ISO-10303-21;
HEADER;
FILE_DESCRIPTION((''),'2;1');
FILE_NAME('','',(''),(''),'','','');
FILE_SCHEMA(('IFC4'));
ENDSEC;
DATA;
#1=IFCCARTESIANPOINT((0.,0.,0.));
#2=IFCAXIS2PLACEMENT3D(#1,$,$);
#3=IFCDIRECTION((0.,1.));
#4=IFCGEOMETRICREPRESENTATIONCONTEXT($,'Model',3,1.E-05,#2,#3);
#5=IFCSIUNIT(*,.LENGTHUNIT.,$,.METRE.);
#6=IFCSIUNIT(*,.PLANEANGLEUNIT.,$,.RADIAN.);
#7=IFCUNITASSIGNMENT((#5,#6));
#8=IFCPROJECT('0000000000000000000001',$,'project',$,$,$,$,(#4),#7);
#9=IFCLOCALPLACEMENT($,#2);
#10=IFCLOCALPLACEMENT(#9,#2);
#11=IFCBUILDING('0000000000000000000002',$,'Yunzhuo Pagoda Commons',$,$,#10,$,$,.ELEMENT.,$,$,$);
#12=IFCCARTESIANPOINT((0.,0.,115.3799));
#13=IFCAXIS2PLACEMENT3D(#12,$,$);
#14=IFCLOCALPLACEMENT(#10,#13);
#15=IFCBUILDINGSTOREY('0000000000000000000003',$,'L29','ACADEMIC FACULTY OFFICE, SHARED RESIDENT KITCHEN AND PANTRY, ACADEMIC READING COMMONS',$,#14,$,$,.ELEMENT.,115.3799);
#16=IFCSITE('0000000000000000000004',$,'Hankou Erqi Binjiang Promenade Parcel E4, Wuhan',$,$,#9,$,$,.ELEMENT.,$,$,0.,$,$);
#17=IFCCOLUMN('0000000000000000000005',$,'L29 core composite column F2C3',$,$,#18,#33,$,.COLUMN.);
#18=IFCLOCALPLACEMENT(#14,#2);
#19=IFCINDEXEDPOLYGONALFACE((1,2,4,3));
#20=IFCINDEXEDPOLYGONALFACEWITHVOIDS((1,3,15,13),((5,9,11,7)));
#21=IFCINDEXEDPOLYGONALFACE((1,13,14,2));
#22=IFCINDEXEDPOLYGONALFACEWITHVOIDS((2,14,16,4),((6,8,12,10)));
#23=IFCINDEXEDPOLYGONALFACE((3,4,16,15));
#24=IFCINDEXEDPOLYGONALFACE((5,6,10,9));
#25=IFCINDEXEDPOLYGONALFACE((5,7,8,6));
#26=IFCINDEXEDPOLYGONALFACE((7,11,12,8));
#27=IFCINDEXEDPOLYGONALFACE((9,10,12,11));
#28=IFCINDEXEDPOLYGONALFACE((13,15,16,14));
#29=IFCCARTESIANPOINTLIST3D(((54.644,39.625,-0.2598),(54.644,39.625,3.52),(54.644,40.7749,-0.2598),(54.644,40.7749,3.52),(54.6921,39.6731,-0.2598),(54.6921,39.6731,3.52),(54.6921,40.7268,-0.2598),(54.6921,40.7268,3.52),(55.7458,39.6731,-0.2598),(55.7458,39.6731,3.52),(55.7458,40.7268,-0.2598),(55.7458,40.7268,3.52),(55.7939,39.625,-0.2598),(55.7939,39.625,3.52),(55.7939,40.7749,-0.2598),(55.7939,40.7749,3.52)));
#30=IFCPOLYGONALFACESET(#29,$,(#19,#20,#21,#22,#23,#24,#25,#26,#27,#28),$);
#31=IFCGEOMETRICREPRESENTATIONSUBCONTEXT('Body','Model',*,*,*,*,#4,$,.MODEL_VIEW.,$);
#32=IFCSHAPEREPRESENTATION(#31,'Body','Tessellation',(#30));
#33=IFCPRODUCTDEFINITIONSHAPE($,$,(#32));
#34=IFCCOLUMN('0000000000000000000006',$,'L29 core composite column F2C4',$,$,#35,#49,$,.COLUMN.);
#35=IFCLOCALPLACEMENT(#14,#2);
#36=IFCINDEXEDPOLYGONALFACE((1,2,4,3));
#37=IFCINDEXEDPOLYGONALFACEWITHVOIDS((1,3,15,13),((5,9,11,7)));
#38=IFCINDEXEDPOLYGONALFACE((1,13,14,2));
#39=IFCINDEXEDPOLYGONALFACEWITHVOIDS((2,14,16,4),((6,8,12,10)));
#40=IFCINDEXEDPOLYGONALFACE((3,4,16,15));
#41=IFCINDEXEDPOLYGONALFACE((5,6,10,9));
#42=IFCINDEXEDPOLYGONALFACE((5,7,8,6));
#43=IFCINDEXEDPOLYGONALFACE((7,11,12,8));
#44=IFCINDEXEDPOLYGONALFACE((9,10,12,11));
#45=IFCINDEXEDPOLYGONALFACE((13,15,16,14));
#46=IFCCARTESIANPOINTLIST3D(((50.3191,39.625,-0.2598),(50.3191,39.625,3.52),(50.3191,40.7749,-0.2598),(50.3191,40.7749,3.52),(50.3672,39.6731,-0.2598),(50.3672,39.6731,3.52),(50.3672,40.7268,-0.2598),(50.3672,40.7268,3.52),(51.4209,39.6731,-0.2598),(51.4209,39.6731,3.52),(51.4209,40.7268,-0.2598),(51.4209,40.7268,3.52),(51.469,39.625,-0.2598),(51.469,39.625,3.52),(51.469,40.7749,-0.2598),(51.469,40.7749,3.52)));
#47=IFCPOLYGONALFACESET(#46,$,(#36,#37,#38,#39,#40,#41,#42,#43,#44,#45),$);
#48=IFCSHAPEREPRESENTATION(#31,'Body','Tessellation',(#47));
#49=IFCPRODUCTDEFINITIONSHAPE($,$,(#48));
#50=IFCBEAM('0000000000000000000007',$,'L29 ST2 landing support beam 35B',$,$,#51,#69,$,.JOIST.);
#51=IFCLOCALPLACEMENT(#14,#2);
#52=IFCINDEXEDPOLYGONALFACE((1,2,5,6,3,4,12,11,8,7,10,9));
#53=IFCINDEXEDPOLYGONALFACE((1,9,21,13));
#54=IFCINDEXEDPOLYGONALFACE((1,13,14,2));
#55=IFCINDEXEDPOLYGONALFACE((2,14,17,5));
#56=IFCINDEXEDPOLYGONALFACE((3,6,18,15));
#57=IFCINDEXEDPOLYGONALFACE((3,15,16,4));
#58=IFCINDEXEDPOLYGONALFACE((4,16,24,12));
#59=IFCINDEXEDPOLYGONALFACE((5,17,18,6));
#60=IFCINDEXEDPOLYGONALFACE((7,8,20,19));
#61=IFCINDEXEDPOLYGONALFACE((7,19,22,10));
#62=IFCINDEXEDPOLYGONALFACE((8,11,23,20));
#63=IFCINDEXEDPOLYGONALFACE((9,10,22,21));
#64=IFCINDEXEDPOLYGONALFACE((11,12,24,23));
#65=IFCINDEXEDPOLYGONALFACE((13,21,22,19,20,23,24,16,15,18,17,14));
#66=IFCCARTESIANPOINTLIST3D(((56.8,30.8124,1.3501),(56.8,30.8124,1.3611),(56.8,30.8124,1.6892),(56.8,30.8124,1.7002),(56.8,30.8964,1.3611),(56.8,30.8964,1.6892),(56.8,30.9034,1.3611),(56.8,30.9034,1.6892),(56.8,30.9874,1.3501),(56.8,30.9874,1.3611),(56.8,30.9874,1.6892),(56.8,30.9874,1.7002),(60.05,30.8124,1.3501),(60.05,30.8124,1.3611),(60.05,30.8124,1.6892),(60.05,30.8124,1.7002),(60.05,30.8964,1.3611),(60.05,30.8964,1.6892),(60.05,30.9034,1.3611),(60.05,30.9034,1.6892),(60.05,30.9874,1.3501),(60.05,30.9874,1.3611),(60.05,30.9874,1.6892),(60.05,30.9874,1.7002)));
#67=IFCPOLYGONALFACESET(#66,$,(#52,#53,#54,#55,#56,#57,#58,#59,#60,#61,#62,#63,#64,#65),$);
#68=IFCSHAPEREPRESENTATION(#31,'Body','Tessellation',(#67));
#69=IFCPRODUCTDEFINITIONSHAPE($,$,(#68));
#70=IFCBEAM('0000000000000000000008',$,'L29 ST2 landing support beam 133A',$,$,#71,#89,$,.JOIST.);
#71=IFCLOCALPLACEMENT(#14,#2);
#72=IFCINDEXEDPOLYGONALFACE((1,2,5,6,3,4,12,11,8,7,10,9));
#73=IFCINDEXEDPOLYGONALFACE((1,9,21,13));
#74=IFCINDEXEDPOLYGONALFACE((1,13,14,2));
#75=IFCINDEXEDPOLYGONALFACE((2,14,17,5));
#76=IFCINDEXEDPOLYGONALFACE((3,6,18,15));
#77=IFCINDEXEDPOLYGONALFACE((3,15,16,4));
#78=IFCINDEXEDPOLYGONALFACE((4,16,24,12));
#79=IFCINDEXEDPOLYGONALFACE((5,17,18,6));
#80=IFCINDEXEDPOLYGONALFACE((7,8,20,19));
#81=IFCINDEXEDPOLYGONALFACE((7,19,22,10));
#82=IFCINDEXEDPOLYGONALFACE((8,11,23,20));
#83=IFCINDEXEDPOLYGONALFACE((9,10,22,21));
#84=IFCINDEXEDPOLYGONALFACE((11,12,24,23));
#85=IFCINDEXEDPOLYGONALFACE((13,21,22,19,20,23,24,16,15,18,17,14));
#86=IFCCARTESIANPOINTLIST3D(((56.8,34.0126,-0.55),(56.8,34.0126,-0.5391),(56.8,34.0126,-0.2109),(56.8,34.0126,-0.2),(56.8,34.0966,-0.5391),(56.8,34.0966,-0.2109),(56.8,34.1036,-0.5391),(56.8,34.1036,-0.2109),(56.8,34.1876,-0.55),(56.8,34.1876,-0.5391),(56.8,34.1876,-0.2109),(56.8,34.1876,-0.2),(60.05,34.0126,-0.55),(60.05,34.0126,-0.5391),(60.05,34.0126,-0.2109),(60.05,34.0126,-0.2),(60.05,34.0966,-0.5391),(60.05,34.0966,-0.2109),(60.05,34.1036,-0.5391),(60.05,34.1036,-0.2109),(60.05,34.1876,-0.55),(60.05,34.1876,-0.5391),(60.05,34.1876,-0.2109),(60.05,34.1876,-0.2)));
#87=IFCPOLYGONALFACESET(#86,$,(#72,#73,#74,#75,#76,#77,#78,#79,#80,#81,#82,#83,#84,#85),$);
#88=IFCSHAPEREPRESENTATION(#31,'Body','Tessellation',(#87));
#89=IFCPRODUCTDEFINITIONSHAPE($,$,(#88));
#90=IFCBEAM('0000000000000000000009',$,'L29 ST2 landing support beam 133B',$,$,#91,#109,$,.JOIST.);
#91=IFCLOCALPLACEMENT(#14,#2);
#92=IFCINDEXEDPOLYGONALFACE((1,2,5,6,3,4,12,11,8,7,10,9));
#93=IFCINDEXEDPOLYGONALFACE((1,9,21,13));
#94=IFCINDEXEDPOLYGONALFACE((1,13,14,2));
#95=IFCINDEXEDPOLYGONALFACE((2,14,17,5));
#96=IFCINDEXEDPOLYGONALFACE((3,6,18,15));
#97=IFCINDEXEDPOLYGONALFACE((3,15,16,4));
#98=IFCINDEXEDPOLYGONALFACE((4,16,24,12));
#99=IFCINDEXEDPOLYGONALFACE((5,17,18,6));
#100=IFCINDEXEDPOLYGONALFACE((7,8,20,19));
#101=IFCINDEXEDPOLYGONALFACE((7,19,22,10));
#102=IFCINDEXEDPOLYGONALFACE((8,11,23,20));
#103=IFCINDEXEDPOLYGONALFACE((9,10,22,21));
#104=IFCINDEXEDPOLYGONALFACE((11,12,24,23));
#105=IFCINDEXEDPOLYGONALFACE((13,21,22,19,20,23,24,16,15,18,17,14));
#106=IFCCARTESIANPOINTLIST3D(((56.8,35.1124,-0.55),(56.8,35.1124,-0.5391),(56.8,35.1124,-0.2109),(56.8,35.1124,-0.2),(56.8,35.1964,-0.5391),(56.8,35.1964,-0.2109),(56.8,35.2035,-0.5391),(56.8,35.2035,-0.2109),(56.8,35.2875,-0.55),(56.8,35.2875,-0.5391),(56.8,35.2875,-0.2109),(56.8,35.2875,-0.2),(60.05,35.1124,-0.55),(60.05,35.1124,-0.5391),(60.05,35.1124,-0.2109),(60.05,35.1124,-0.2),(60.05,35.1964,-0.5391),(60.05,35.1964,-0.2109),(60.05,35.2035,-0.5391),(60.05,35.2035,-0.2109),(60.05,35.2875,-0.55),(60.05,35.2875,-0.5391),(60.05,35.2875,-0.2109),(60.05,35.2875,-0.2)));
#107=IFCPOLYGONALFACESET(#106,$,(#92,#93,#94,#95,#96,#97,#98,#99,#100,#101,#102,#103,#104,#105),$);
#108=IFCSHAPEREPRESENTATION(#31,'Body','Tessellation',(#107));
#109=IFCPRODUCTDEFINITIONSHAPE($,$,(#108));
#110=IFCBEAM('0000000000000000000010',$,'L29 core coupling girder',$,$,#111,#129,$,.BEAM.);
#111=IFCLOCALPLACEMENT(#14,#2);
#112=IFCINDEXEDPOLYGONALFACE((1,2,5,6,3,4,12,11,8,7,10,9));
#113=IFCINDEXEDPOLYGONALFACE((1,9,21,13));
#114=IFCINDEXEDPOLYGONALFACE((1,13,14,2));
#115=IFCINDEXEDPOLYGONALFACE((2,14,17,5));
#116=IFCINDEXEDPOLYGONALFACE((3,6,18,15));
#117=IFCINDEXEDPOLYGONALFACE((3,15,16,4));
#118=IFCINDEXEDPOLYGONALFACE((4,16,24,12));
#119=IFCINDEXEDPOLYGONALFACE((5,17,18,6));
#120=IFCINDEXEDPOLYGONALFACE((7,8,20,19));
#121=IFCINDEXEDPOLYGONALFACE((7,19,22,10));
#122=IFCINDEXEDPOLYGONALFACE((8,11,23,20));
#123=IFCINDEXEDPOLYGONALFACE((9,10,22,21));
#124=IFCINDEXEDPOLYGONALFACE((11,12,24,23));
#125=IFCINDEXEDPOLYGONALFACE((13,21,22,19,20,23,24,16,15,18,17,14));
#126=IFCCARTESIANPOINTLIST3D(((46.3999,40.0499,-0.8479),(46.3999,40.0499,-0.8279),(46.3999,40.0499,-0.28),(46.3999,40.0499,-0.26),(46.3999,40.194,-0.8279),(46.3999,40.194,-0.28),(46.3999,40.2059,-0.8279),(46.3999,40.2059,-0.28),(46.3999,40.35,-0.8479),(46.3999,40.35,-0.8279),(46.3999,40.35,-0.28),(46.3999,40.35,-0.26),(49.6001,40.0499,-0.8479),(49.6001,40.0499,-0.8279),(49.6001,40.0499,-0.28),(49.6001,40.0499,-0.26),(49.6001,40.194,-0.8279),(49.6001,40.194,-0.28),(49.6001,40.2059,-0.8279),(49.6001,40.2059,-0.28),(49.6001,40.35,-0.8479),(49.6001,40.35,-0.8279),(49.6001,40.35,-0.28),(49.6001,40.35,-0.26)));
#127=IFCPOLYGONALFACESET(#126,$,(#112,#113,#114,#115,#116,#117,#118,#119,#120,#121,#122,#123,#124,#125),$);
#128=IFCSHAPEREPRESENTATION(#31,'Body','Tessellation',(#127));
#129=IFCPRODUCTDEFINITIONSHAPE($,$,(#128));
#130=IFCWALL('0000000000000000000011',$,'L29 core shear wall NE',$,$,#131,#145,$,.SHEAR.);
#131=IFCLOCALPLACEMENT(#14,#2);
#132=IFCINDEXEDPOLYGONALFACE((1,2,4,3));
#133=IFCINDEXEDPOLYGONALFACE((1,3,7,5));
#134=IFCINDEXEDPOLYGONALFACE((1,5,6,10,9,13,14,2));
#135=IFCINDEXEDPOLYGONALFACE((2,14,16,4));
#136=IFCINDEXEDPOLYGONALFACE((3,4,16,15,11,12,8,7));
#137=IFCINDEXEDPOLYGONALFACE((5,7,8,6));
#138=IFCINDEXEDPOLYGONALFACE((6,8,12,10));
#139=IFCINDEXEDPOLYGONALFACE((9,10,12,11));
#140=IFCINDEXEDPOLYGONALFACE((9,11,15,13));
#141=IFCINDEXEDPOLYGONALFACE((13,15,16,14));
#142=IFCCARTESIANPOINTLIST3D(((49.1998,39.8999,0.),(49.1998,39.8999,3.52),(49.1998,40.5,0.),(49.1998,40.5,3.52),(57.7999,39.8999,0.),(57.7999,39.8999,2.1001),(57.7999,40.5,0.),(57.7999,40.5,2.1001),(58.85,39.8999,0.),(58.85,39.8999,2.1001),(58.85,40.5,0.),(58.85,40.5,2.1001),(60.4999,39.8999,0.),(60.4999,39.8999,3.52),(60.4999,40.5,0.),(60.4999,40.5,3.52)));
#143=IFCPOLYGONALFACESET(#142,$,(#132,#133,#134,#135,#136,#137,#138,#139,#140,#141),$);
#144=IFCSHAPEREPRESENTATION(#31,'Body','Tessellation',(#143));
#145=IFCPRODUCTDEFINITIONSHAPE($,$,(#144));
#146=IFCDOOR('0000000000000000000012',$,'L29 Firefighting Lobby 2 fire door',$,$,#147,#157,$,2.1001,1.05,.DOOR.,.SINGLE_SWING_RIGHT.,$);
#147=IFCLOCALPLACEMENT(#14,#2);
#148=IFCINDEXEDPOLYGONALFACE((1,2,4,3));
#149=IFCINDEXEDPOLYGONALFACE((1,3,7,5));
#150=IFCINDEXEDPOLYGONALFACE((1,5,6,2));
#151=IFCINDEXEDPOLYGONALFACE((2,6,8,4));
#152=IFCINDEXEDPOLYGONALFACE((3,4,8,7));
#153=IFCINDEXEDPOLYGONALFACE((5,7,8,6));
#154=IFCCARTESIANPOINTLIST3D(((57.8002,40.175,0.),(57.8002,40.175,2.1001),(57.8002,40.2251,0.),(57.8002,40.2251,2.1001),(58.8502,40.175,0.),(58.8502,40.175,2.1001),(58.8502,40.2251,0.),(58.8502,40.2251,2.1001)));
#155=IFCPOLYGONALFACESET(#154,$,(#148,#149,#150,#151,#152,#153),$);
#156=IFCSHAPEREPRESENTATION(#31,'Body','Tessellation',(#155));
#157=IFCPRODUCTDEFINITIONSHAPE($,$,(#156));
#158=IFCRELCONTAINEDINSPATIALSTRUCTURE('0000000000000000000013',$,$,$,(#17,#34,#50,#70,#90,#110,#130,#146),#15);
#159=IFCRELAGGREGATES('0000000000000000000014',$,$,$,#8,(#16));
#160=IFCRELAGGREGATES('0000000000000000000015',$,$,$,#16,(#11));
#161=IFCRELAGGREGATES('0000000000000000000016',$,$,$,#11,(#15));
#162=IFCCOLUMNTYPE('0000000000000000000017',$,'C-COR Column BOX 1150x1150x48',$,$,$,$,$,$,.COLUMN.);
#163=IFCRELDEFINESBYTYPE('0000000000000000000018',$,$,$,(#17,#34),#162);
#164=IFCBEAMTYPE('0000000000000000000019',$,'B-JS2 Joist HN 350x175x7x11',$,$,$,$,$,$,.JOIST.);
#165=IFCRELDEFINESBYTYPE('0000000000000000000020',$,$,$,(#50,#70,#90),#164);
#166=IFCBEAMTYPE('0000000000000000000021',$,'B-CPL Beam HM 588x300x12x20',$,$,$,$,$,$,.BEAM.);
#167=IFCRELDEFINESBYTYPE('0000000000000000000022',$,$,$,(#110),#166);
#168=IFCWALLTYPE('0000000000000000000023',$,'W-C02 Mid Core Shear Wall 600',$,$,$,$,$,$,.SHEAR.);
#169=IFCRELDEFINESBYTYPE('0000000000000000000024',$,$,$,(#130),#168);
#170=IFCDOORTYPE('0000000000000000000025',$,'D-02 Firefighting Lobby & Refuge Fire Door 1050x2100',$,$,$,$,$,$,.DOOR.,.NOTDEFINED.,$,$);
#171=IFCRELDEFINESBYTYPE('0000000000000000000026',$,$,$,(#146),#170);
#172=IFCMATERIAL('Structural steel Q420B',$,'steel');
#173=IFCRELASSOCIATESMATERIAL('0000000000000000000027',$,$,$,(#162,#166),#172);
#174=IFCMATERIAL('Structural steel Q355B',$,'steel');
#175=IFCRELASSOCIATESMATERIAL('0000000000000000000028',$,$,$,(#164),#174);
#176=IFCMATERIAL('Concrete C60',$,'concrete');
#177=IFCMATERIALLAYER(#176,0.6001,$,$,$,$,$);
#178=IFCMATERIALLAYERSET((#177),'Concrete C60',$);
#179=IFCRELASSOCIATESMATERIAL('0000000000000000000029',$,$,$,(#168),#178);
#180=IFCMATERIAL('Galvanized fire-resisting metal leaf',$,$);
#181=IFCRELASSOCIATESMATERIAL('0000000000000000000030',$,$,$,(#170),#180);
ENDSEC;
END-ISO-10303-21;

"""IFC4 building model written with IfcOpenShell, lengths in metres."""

from ifc_helpers import new_model, si_unit, direction, frame, frame_2d, origin, origin_2d, place, context, subcontext, project, spatial, rectangle, hollow_rectangle, i_section, extrude, source, transform, mapped, material, layer, layer_set, material_profile, profile_set, type_object, element, fill, save


model = new_model("IFC4")

# Units and contexts
model_context = context("Model", 3, precision=1e-05, world=origin(), true_north=direction((0.0, 1.0)))
body_context = subcontext(model_context, "Body", "Model", "MODEL_VIEW")
ifc_project = project(units=[si_unit("LENGTHUNIT", "METRE"), si_unit("PLANEANGLEUNIT", "RADIAN")], contexts=[model_context])

# Site, building, storey
site_placement = place(None, origin())
site = spatial("IfcSite", under=ifc_project, at=site_placement, Name="Hankou Erqi Binjiang Promenade Parcel E4, Wuhan", CompositionType="ELEMENT", RefElevation=0.0)
building_placement = place(site_placement, origin())
building = spatial("IfcBuilding", under=site, at=building_placement, Name="Yunzhuo Pagoda Commons", CompositionType="ELEMENT")
storey_placement = place(building_placement, frame((0.0, 0.0, 115.3799)))
storey = spatial("IfcBuildingStorey", under=building, at=storey_placement, Name="L29", Description="ACADEMIC FACULTY OFFICE, SHARED RESIDENT KITCHEN AND PANTRY, ACADEMIC READING COMMONS", CompositionType="ELEMENT", Elevation=115.3799)

# Columns
ifc_material_1 = material(Name="Structural steel Q420B", Category="steel")
ifc_material_profile_1 = material_profile(ifc_material_1, hollow_rectangle(XDim=1.1499, YDim=1.1499, WallThickness=0.0481, at=origin_2d()), Name="Structural steel Q420B")
ifc_profile_set_1 = profile_set([ifc_material_profile_1], Name="Structural steel Q420B")
column_type = type_object("IfcColumnType", Name="C-COR Column BOX 1150x1150x48", PredefinedType="COLUMN", material=ifc_profile_set_1)
shared_shape_1 = source(origin(), body_context, "Body", "SweptSolid", [
    extrude(hollow_rectangle(XDim=1.1499, YDim=1.1499, WallThickness=0.0481, at=origin_2d()), origin(), (0.0, 0.0, 1.0), 3.7798),
])
for number, where, z_axis, x_axis, name in (
    (1, (55.219, 40.2, -0.2598), (0.0, 0.0, 1.0), (1.0, 0.0, 0.0), "L29 core composite column F2C3"),
    (2, (50.894, 40.2, -0.2598), (0.0, 0.0, 1.0), (1.0, 0.0, 0.0), "L29 core composite column F2C4"),
):
    element("IfcColumn", number, at=place(storey_placement, frame(where, z_axis=z_axis, x_axis=x_axis)), inside=storey, type_object=column_type, Name=name, PredefinedType="COLUMN", context=body_context, shape_type="MappedRepresentation", body=[
        mapped(shared_shape_1, transform((0.0, 0.0, 0.0), scale=1.0)),
    ])

# Beams
ifc_material_2 = material(Name="Structural steel Q355B", Category="steel")
ifc_material_profile_2 = material_profile(ifc_material_2, i_section(OverallWidth=0.175, OverallDepth=0.3501, WebThickness=0.0071, FlangeThickness=0.011, at=origin_2d()), Name="Structural steel Q355B")
ifc_profile_set_2 = profile_set([ifc_material_profile_2], Name="Structural steel Q355B")
beam_type_1 = type_object("IfcBeamType", Name="B-JS2 Joist HN 350x175x7x11", PredefinedType="JOIST", material=ifc_profile_set_2)
shared_shape_2 = source(origin(), body_context, "Body", "SweptSolid", [
    extrude(i_section(OverallWidth=0.175, OverallDepth=0.3501, WebThickness=0.0071, FlangeThickness=0.011, at=origin_2d()), origin(), (0.0, 0.0, 1.0), 3.25),
])
for number, where, z_axis, x_axis, name in (
    (3, (56.8, 30.8999, 1.5251), (1.0, 0.0, 0.0), (0.0, 1.0, 0.0), "L29 ST2 landing support beam 35B"),
    (4, (56.8, 34.1001, -0.375), (1.0, 0.0, 0.0), (0.0, 1.0, 0.0), "L29 ST2 landing support beam 133A"),
    (5, (56.8, 35.2, -0.375), (1.0, 0.0, 0.0), (0.0, 1.0, 0.0), "L29 ST2 landing support beam 133B"),
):
    element("IfcBeam", number, at=place(storey_placement, frame(where, z_axis=z_axis, x_axis=x_axis)), inside=storey, type_object=beam_type_1, Name=name, PredefinedType="JOIST", context=body_context, shape_type="MappedRepresentation", body=[
        mapped(shared_shape_2, transform((0.0, 0.0, 0.0), scale=1.0)),
    ])
ifc_material_profile_3 = material_profile(ifc_material_1, i_section(OverallWidth=0.3, OverallDepth=0.5879, WebThickness=0.012, FlangeThickness=0.02, at=origin_2d()), Name="Structural steel Q420B")
ifc_profile_set_3 = profile_set([ifc_material_profile_3], Name="Structural steel Q420B")
beam_type_2 = type_object("IfcBeamType", Name="B-CPL Beam HM 588x300x12x20", PredefinedType="BEAM", material=ifc_profile_set_3)
shared_shape_3 = source(origin(), body_context, "Body", "SweptSolid", [
    extrude(i_section(OverallWidth=0.3, OverallDepth=0.5879, WebThickness=0.012, FlangeThickness=0.02, at=origin_2d()), origin(), (0.0, 0.0, 1.0), 3.2002),
])
beam_placement = place(storey_placement, frame((46.3999, 40.2, -0.554), z_axis=(1.0, 0.0, 0.0), x_axis=(0.0, 1.0, 0.0)))
element("IfcBeam", 6, at=beam_placement, inside=storey, type_object=beam_type_2, Name="L29 core coupling girder", PredefinedType="BEAM", context=body_context, shape_type="MappedRepresentation", body=[
    mapped(shared_shape_3, transform((0.0, 0.0, 0.0), scale=1.0)),
])

# Wall, opening, door
ifc_material_3 = material(Name="Concrete C60", Category="concrete")
ifc_layer_1 = layer(ifc_material_3, 0.6001)
ifc_layer_set_1 = layer_set([ifc_layer_1], Name="Concrete C60")
wall_type_1 = type_object("IfcWallType", Name="W-C02 Mid Core Shear Wall 600", PredefinedType="SHEAR", material=ifc_layer_set_1)
wall_1_placement = place(storey_placement, frame((49.2, 40.2, 0.0), z_axis=(0.0, 0.0, 1.0), x_axis=(1.0, 0.0, 0.0)))
wall_1 = element("IfcWall", 7, at=wall_1_placement, inside=storey, type_object=wall_type_1, Name="L29 core shear wall NE", PredefinedType="SHEAR", context=body_context, shape_type="SweptSolid", body=[
    extrude(rectangle(XDim=11.3, YDim=0.6001, at=frame_2d((5.6499, 0.0))), origin(), (0.0, 0.0, 1.0), 3.52),
])
opening_1_placement = place(wall_1_placement, frame((8.6001, 0.0, 0.0)))
opening_1 = element("IfcOpeningElement", 8, at=opening_1_placement, cuts=wall_1, PredefinedType="OPENING", context=body_context, shape_type="SweptSolid", body=[
    extrude(rectangle(XDim=1.05, YDim=2.1001, at=frame_2d((0.5249, 1.05))), frame((0.0, 0.3101, 0.0), z_axis=(0.0, -1.0, 0.0), x_axis=(1.0, 0.0, 0.0)), (0.0, 0.0, 1.0), 0.6201),
])
ifc_material_4 = material(Name="Galvanized fire-resisting metal leaf")
door_type_1 = type_object("IfcDoorType", Name="D-02 Firefighting Lobby & Refuge Fire Door 1050x2100", OperationType="NOTDEFINED", PredefinedType="DOOR", material=ifc_material_4)
shared_shape_4 = source(origin(), body_context, "Body", "SweptSolid", [
    extrude(rectangle(XDim=1.05, YDim=2.1001, at=frame_2d((0.5249, 1.05))), frame((0.0, 0.0249, 0.0), z_axis=(0.0, -1.0, 0.0), x_axis=(1.0, 0.0, 0.0)), (0.0, 0.0, 1.0), 0.05),
])
door_1_placement = place(opening_1_placement, frame((1.05, 0.0, 0.0), z_axis=(0.0, 0.0, 1.0), x_axis=(-1.0, 0.0, 0.0)))
door_1 = element("IfcDoor", 9, at=door_1_placement, inside=storey, type_object=door_type_1, Name="L29 Firefighting Lobby 2 fire door", OperationType="SINGLE_SWING_RIGHT", OverallHeight=2.1001, OverallWidth=1.05, PredefinedType="DOOR", context=body_context, shape_type="MappedRepresentation", body=[
    mapped(shared_shape_4, transform((0.0, 0.0, 0.0), scale=1.0)),
])
fill(opening_1, door_1)

save(model, "model.ifc")
